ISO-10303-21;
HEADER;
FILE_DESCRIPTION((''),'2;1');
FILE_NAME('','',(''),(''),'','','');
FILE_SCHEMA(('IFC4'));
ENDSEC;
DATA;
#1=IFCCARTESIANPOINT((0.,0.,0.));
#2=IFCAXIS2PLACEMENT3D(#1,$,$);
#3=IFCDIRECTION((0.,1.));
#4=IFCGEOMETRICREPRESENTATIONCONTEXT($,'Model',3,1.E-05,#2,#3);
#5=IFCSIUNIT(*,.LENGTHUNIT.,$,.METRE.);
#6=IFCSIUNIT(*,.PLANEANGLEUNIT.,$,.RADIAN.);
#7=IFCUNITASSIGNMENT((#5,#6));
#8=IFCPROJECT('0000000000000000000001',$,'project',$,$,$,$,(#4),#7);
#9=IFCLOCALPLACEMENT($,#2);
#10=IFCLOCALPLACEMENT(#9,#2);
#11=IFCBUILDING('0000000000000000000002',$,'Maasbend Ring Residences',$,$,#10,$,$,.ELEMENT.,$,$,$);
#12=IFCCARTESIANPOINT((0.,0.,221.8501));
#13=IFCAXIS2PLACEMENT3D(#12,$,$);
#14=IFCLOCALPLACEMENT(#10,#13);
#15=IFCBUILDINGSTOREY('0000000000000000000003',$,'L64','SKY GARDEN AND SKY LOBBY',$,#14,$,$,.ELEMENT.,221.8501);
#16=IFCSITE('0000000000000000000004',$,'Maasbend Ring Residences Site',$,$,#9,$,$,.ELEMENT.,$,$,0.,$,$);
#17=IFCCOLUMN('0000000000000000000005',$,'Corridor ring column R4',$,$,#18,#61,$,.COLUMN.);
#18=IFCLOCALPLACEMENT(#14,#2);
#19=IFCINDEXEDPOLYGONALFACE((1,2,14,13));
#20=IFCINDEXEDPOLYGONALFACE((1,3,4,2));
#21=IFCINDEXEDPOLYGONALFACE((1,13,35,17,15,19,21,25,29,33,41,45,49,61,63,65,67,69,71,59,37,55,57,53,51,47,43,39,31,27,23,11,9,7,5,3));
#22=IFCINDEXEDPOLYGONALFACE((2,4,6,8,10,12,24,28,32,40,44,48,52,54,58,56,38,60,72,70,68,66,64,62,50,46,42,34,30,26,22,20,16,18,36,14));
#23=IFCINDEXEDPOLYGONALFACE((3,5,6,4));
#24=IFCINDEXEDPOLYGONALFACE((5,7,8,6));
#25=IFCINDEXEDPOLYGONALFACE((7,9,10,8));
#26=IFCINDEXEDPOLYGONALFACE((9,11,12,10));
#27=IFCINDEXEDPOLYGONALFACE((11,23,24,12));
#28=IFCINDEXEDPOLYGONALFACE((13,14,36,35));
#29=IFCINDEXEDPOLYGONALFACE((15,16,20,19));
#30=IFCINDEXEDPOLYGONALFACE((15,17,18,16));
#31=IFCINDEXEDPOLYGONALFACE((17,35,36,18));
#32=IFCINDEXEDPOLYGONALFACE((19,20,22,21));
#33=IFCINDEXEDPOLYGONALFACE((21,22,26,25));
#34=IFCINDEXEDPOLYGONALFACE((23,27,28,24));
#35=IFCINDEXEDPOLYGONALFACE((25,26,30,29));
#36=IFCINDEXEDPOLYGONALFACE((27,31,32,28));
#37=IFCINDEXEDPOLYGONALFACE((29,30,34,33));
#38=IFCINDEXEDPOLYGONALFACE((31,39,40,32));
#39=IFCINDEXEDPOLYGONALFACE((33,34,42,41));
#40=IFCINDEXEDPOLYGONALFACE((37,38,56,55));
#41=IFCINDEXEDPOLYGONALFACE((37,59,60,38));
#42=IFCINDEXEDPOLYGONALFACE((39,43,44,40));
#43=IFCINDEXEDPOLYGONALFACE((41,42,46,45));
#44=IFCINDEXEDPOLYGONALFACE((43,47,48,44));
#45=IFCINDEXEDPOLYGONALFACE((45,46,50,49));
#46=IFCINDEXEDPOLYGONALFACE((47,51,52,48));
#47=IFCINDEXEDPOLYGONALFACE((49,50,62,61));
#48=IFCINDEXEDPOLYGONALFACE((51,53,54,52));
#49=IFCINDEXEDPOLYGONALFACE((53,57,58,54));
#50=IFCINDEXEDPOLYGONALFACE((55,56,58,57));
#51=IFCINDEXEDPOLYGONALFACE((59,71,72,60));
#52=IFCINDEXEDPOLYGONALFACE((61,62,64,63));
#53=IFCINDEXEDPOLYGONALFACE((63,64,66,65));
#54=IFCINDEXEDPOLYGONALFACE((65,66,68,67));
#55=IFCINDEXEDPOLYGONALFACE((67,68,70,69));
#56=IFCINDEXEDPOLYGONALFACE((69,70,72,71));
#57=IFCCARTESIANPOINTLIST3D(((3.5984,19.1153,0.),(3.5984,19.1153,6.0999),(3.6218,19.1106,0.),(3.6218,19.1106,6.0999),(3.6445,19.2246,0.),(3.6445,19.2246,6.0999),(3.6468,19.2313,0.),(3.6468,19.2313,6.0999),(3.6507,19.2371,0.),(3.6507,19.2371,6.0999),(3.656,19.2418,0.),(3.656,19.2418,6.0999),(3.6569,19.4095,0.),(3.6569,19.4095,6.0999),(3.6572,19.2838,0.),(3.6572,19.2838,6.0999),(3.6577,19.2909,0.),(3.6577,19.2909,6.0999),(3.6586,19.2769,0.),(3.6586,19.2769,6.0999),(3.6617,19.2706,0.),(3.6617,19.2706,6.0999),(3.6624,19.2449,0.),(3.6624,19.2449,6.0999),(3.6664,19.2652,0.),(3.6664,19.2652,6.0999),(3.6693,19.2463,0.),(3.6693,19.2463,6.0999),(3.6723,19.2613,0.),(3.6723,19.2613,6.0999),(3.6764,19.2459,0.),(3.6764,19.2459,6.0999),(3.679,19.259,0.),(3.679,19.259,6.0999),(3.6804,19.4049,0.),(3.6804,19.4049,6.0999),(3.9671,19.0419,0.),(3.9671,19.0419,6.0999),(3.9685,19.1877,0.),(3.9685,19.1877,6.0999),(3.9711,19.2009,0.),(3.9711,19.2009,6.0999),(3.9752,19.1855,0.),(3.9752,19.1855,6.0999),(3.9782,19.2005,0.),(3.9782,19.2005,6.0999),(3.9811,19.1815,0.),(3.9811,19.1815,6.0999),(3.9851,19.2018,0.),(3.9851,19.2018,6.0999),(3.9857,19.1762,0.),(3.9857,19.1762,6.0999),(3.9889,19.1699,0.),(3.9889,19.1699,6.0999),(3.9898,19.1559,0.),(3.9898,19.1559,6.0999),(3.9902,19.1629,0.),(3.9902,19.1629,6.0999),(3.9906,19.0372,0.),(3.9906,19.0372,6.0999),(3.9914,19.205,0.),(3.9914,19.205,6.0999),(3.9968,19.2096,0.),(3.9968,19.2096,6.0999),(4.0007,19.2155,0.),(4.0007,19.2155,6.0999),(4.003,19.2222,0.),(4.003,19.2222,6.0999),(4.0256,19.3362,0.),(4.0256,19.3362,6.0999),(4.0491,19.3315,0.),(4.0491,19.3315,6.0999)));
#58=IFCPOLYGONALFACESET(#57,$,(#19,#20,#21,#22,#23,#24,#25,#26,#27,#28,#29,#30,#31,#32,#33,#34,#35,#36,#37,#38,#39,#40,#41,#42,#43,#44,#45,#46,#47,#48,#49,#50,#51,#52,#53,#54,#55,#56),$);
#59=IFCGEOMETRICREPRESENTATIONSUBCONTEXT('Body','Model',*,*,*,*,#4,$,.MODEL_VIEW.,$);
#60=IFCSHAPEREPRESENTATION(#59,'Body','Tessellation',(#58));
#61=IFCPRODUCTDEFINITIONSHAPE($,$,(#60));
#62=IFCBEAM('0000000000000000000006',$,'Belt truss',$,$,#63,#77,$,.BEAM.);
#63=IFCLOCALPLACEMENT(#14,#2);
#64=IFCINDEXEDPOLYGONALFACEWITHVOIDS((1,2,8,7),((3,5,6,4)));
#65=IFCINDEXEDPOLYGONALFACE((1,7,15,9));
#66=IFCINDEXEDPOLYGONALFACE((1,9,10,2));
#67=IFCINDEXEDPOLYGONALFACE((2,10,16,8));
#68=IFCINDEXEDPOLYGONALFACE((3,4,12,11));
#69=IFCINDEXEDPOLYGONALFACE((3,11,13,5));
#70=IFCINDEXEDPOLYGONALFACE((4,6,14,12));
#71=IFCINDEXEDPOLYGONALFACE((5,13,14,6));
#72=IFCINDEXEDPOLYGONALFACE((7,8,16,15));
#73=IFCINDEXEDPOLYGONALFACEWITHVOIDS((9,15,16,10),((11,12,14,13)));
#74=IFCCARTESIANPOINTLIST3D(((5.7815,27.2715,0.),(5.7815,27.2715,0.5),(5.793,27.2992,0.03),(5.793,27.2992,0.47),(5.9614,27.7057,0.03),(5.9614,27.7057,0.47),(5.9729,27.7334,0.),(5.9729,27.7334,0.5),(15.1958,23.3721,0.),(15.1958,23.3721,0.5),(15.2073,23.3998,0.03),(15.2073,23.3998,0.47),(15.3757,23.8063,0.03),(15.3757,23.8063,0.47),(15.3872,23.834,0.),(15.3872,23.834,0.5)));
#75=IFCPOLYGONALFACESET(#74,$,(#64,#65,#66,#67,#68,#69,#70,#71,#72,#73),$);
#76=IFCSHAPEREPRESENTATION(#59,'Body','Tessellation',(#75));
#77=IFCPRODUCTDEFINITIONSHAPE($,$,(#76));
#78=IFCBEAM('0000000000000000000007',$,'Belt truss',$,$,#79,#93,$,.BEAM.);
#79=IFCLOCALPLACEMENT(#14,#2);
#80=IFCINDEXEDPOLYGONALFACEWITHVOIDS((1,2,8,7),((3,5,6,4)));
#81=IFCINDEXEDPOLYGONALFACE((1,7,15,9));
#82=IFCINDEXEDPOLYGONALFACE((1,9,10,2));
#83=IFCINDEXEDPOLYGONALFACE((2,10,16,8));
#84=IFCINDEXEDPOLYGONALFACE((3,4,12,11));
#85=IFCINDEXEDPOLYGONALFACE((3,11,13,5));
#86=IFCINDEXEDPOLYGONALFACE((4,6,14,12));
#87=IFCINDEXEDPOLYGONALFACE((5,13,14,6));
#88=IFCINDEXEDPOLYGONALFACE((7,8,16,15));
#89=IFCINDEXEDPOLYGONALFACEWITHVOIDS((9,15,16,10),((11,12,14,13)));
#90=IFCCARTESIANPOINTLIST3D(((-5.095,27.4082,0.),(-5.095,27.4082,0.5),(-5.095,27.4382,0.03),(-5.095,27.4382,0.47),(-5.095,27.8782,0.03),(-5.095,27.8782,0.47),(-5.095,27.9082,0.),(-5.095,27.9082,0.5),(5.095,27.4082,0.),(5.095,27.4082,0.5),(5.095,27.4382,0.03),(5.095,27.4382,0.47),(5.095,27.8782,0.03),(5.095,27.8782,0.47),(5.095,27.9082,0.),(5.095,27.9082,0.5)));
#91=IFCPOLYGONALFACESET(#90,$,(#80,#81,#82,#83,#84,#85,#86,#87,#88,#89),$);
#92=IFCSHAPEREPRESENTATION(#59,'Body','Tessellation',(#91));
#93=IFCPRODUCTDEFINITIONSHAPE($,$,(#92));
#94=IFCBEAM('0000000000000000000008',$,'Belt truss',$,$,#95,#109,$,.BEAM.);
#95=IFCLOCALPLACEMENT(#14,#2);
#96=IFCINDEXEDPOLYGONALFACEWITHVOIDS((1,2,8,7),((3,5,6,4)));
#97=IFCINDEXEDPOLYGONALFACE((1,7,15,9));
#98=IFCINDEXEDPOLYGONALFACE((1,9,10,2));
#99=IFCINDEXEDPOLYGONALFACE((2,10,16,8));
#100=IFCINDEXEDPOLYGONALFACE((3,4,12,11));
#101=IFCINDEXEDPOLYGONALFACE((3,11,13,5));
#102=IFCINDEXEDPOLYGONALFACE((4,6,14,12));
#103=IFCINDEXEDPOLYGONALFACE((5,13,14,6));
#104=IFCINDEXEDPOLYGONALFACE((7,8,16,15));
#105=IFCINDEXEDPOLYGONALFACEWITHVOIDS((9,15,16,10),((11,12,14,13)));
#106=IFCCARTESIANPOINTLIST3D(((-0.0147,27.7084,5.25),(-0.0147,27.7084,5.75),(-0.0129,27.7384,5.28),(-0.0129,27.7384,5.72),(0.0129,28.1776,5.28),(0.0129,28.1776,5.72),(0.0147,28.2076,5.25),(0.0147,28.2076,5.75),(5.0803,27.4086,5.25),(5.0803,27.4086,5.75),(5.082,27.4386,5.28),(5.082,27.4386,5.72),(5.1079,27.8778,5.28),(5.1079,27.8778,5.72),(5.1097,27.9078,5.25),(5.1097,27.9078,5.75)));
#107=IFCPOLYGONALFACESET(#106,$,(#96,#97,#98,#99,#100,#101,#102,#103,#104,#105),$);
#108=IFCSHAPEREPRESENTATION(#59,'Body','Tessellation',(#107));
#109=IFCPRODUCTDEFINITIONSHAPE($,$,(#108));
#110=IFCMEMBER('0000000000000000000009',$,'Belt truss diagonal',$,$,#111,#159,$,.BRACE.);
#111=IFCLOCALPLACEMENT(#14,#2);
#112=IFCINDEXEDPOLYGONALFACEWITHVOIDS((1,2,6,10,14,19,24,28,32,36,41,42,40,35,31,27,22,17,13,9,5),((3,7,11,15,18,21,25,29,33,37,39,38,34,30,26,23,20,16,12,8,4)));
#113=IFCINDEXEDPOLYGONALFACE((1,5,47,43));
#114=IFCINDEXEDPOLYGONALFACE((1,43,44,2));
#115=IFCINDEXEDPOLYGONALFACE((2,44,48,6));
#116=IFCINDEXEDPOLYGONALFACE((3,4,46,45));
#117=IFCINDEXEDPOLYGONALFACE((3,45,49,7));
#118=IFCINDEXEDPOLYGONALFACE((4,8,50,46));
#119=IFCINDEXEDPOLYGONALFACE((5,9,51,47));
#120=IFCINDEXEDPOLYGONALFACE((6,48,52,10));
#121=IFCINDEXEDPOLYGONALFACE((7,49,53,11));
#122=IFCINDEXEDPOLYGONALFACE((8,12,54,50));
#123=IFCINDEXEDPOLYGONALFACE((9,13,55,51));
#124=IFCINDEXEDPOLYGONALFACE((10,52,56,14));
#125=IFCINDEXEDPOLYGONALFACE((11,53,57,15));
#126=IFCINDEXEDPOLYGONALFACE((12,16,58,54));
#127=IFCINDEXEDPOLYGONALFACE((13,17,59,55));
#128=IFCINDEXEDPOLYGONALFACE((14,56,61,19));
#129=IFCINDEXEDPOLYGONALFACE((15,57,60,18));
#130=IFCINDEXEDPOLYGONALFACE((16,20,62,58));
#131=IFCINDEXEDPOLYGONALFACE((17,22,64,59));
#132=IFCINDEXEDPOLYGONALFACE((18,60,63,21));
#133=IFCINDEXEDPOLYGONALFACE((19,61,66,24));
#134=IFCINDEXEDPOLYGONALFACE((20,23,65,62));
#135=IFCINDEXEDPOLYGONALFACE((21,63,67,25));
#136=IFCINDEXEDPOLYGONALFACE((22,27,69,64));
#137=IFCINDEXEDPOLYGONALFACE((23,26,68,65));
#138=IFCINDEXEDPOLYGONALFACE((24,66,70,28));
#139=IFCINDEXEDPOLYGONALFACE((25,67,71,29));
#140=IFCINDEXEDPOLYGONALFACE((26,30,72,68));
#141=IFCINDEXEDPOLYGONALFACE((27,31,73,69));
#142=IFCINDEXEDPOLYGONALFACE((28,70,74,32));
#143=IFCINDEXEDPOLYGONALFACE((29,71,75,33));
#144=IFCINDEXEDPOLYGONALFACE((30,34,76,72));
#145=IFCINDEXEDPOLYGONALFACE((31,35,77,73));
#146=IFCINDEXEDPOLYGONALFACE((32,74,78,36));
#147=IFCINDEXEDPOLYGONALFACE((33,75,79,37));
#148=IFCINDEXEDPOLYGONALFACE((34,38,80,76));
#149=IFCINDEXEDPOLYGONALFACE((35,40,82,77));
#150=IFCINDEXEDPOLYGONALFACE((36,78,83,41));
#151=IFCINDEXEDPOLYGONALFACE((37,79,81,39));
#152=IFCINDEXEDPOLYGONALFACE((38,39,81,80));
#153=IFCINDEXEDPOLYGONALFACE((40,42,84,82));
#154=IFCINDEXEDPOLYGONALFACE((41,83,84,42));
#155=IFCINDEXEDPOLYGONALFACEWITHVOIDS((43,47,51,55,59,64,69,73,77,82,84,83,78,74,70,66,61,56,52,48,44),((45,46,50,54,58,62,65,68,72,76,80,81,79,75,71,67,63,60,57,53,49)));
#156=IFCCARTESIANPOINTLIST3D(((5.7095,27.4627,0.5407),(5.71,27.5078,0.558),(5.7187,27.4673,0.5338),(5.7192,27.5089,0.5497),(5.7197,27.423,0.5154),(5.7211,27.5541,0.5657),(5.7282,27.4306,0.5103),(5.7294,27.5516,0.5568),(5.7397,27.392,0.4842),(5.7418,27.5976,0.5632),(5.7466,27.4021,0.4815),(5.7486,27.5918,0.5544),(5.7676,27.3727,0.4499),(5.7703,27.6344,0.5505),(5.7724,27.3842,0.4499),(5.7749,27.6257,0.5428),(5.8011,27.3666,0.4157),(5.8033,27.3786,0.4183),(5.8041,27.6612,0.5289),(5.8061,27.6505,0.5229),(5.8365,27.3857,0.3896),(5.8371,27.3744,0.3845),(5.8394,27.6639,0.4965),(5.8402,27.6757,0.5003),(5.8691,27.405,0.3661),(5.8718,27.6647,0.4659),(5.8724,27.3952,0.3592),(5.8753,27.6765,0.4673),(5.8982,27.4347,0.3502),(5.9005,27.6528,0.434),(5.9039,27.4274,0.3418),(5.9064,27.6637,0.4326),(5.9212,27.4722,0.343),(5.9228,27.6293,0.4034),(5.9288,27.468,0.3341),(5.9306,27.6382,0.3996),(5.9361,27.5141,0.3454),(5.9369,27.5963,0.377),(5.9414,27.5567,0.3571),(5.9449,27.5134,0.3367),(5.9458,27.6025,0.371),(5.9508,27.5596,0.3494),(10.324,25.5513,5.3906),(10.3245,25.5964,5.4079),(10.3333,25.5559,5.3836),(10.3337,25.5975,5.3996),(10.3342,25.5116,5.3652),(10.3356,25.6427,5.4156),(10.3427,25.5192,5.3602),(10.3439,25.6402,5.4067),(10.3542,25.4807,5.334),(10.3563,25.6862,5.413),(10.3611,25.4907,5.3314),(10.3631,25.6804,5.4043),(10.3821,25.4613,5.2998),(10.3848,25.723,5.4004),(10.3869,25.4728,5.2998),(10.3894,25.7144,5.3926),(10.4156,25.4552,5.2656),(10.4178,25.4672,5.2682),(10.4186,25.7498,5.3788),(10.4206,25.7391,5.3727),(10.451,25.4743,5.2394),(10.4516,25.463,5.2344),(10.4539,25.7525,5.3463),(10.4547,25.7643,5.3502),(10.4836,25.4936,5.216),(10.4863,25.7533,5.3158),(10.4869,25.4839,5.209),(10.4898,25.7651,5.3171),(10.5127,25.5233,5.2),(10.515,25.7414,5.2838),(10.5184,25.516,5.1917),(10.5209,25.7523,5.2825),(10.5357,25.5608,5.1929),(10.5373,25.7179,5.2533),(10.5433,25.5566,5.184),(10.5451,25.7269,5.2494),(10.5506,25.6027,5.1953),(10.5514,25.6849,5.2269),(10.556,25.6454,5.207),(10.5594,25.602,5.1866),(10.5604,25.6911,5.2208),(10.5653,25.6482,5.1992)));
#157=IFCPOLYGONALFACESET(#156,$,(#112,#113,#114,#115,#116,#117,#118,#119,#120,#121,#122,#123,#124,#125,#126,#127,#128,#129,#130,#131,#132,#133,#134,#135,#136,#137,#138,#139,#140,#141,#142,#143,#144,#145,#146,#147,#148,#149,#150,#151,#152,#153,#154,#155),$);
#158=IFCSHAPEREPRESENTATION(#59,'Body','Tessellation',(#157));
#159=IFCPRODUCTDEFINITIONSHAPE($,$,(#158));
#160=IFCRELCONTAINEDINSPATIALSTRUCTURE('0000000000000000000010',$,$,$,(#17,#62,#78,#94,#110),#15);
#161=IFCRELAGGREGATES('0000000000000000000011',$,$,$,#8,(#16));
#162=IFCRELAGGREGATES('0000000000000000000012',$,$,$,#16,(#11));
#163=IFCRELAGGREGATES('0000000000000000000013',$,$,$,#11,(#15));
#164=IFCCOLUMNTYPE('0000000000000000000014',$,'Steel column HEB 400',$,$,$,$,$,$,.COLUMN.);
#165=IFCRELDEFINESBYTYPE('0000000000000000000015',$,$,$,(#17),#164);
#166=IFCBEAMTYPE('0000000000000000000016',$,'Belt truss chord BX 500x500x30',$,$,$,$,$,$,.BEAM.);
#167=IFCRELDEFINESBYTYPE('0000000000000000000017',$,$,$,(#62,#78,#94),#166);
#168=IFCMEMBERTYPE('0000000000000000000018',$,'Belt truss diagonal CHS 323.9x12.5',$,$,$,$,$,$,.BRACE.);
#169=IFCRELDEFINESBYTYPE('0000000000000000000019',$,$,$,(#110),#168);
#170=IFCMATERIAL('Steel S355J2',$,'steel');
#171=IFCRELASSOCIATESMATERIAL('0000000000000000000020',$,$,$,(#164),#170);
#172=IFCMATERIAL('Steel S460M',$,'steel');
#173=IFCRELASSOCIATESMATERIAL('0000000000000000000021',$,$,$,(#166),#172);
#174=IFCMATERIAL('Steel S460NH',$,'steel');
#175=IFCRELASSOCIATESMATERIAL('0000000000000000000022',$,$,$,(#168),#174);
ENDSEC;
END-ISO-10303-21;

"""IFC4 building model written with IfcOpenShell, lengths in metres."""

from ifc_helpers import new_model, si_unit, direction, frame, origin, origin_2d, place, context, subcontext, project, spatial, hollow_rectangle, hollow_circle, i_section, extrude, material, material_profile, profile_set, type_object, element, save


model = new_model("IFC4")

# Units and contexts
model_context = context("Model", 3, precision=1e-05, world=origin(), true_north=direction((0.0, 1.0)))
body_context = subcontext(model_context, "Body", "Model", "MODEL_VIEW")
ifc_project = project(units=[si_unit("LENGTHUNIT", "METRE"), si_unit("PLANEANGLEUNIT", "RADIAN")], contexts=[model_context])

# Site, building, storey
site_placement = place(None, origin())
site = spatial("IfcSite", under=ifc_project, at=site_placement, Name="Maasbend Ring Residences Site", CompositionType="ELEMENT", RefElevation=0.0)
building_placement = place(site_placement, origin())
building = spatial("IfcBuilding", under=site, at=building_placement, Name="Maasbend Ring Residences", CompositionType="ELEMENT")
storey_placement = place(building_placement, frame((0.0, 0.0, 221.8501)))
storey = spatial("IfcBuildingStorey", under=building, at=storey_placement, Name="L64", Description="SKY GARDEN AND SKY LOBBY", CompositionType="ELEMENT", Elevation=221.8501)

# Column
ifc_material_1 = material(Name="Steel S355J2", Category="steel")
ifc_material_profile_1 = material_profile(ifc_material_1, i_section(OverallWidth=0.3, OverallDepth=0.3999, WebThickness=0.0134, FlangeThickness=0.0239, FilletRadius=0.0271, at=origin_2d()), Name="HEB 400")
ifc_profile_set_1 = profile_set([ifc_material_profile_1], Name="Steel S355J2")
column_type_1 = type_object("IfcColumnType", Name="Steel column HEB 400", PredefinedType="COLUMN", material=ifc_profile_set_1)
for number, where, z_axis, x_axis, name in (
    (1, (3.8237, 19.2234, 0.0), (0.0, 0.0, 1.0), (0.19509, 0.980785, 0.0), "Corridor ring column R4"),
):
    element("IfcColumn", number, at=place(storey_placement, frame(where, z_axis=z_axis, x_axis=x_axis)), inside=storey, type_object=column_type_1, Name=name, PredefinedType="COLUMN", context=body_context, shape_type="SweptSolid", body=[
        extrude(i_section(OverallWidth=0.3, OverallDepth=0.3999, WebThickness=0.0134, FlangeThickness=0.0239, FilletRadius=0.0271, at=origin_2d()), origin(), (0.0, 0.0, 1.0), 6.0999),
    ])

# Beams
ifc_material_2 = material(Name="Steel S460M", Category="steel")
ifc_material_profile_2 = material_profile(ifc_material_2, hollow_rectangle(XDim=0.5, YDim=0.5, WallThickness=0.03, at=origin_2d()), Name="Belt truss chord BX 500x500x30")
ifc_profile_set_2 = profile_set([ifc_material_profile_2], Name="Steel S460M")
beam_type_1 = type_object("IfcBeamType", Name="Belt truss chord BX 500x500x30", PredefinedType="BEAM", material=ifc_profile_set_2)
for number, where, z_axis, x_axis, name in (
    (2, (15.2915, 23.603, 0.25), (-0.923884, 0.382673, 0.0), (-0.382673, -0.923884, 0.0), "Belt truss"),
    (3, (5.095, 27.6582, 0.25), (-1.0, 0.0, 0.0), (0.0, -1.0, 0.0), "Belt truss"),
):
    element("IfcBeam", number, at=place(storey_placement, frame(where, z_axis=z_axis, x_axis=x_axis)), inside=storey, type_object=beam_type_1, Name=name, PredefinedType="BEAM", context=body_context, shape_type="SweptSolid", body=[
        extrude(hollow_rectangle(XDim=0.5, YDim=0.5, WallThickness=0.03, at=origin_2d()), origin(), (0.0, 0.0, 1.0), 10.1899),
    ])
beam_1_placement = place(storey_placement, frame((5.095, 27.6582, 5.5), z_axis=(-0.998273, 0.058742, 0.0), x_axis=(-0.058742, -0.998273, 0.0)))
element("IfcBeam", 4, at=beam_1_placement, inside=storey, type_object=beam_type_1, Name="Belt truss", PredefinedType="BEAM", context=body_context, shape_type="SweptSolid", body=[
    extrude(hollow_rectangle(XDim=0.5, YDim=0.5, WallThickness=0.03, at=origin_2d()), origin(), (0.0, 0.0, 1.0), 5.1038),
])

# Member
ifc_material_3 = material(Name="Steel S460NH", Category="steel")
ifc_material_profile_3 = material_profile(ifc_material_3, hollow_circle(Radius=0.1619, WallThickness=0.0125, at=origin_2d()), Name="Belt truss diagonal CHS 323.9x12.5")
ifc_profile_set_3 = profile_set([ifc_material_profile_3], Name="Steel S460NH")
member_type_1 = type_object("IfcMemberType", Name="Belt truss diagonal CHS 323.9x12.5", PredefinedType="BRACE", material=ifc_profile_set_3)
for number, where, z_axis, x_axis, name in (
    (5, (10.4441, 25.6108, 5.2998), (-0.662822, 0.274548, -0.696628), (-0.382681, -0.92388, 0.0), "Belt truss diagonal"),
):
    element("IfcMember", number, at=place(storey_placement, frame(where, z_axis=z_axis, x_axis=x_axis)), inside=storey, type_object=member_type_1, Name=name, PredefinedType="BRACE", context=body_context, shape_type="SweptSolid", body=[
        extrude(hollow_circle(Radius=0.1619, WallThickness=0.0125, at=origin_2d()), origin(), (0.0, 0.0, 1.0), 6.9619),
    ])

save(model, "model.ifc")
